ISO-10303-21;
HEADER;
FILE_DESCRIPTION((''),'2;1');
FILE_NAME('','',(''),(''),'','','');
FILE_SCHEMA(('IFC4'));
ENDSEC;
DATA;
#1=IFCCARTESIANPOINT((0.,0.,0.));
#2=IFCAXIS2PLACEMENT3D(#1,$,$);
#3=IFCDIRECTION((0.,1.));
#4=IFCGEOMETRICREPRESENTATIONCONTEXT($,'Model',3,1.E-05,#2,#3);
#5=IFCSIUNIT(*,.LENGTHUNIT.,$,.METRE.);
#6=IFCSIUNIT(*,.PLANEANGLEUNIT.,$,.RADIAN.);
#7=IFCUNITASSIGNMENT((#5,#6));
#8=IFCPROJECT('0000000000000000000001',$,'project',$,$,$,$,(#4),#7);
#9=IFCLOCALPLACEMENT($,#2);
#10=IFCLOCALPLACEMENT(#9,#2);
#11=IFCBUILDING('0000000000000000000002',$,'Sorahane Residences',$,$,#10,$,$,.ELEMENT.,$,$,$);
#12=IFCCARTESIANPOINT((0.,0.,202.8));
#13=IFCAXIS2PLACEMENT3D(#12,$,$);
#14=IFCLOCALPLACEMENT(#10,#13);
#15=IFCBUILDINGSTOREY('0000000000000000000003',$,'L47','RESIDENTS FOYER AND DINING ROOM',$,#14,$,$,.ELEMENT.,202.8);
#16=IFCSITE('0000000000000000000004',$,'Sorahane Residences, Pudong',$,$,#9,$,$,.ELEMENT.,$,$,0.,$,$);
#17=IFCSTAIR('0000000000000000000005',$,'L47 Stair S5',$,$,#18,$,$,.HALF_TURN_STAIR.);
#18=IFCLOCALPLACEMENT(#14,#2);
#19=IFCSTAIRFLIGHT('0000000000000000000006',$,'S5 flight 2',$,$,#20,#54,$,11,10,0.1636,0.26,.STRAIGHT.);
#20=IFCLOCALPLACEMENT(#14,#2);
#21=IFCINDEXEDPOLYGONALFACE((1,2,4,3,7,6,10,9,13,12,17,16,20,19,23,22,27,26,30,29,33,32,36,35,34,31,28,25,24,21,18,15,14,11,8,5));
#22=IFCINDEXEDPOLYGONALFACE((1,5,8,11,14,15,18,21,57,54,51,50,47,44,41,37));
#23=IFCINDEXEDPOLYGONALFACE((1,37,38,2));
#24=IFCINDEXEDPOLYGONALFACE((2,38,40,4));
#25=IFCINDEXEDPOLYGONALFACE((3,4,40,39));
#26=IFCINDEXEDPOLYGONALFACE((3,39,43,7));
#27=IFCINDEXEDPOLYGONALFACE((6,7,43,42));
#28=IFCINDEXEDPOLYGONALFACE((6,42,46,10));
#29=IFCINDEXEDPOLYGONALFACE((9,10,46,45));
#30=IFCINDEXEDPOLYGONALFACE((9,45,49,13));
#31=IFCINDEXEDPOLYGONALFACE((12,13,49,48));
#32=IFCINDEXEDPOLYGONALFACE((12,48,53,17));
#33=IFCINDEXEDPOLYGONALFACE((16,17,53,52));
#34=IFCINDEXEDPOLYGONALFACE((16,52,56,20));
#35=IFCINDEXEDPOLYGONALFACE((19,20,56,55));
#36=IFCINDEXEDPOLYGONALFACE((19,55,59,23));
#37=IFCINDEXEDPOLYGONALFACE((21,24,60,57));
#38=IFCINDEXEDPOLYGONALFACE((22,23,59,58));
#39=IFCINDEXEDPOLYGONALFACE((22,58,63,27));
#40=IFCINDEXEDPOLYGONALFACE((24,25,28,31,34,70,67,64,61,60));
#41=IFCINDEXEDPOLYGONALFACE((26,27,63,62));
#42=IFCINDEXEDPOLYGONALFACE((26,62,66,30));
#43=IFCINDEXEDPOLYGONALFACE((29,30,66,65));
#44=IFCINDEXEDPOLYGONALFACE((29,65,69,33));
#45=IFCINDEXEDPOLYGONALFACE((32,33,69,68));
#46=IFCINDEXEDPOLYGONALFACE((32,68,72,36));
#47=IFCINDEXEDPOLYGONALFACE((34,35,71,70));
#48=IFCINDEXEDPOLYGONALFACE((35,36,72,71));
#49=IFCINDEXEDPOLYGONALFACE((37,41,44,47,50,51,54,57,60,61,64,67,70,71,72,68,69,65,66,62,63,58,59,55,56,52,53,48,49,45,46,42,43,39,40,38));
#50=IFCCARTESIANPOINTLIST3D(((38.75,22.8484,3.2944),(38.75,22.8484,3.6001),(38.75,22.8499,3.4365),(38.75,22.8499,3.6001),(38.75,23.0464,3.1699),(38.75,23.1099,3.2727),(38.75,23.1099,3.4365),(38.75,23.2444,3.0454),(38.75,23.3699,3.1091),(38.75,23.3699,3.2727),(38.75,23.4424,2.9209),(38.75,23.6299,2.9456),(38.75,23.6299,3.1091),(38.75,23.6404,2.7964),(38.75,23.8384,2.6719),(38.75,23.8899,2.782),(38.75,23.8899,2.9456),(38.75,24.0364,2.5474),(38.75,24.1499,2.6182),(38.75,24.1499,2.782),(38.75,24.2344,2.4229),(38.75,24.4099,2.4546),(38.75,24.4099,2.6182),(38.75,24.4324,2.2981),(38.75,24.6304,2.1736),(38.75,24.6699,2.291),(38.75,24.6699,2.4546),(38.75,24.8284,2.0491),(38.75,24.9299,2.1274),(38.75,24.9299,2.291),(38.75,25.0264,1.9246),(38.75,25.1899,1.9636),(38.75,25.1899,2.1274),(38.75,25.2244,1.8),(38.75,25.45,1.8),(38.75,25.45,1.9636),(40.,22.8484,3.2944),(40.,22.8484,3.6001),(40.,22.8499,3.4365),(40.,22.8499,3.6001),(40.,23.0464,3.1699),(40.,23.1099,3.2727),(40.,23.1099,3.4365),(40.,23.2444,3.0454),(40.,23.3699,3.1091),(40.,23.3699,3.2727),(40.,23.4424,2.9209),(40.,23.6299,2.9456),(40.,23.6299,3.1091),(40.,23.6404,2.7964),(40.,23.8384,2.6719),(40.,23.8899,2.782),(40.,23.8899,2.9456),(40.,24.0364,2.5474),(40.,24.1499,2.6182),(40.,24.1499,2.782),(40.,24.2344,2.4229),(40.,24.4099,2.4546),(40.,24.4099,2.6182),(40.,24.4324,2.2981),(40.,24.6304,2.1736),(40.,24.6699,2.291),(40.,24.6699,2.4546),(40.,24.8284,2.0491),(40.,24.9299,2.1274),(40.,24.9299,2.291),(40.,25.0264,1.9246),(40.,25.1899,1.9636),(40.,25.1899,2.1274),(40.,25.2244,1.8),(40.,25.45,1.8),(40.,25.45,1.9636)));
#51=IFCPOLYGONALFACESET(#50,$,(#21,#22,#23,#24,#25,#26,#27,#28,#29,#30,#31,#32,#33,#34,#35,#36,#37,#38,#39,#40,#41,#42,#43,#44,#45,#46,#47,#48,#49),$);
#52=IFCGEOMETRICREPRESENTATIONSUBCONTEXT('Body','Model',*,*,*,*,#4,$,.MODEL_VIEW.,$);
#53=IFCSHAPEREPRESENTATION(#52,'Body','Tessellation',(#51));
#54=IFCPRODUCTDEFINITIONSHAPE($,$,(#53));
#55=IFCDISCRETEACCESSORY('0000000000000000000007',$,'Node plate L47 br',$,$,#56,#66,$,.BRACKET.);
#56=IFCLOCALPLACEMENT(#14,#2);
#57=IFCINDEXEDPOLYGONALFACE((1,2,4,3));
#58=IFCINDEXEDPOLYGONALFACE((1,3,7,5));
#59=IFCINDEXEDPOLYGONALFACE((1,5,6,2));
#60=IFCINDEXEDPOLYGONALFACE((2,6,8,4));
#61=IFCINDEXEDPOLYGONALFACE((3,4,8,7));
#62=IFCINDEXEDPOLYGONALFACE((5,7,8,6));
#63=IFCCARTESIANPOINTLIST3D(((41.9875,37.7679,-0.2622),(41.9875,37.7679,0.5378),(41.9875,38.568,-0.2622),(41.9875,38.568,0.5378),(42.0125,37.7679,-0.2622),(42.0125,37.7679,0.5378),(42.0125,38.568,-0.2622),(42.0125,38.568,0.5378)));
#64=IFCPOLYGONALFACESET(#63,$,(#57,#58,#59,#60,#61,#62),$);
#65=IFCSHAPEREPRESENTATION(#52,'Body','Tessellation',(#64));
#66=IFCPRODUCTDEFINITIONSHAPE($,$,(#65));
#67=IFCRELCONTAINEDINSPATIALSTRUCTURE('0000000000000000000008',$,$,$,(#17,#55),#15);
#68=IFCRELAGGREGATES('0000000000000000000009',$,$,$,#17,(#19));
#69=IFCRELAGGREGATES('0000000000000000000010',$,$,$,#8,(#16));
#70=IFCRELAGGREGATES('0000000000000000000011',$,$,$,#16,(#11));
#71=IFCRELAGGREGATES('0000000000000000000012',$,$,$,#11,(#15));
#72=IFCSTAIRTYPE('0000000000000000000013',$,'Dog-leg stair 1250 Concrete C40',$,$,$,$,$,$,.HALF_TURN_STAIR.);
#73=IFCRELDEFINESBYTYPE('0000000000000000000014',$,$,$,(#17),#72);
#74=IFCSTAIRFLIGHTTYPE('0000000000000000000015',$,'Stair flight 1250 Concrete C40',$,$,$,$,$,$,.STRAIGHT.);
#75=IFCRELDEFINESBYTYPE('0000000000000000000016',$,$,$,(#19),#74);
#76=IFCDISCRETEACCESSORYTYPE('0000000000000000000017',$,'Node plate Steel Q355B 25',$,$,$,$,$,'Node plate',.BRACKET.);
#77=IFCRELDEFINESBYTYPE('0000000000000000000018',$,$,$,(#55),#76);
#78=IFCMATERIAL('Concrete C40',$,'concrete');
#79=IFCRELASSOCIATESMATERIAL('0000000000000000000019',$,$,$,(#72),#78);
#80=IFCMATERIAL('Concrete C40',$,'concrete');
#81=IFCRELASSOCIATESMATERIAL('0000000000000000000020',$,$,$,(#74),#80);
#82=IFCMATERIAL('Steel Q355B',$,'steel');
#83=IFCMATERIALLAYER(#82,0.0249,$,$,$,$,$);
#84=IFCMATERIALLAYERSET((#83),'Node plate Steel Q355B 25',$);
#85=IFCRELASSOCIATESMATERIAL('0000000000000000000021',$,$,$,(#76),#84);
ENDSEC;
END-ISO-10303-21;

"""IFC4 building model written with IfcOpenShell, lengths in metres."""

from ifc_helpers import new_model, si_unit, direction, frame, origin, origin_2d, place, context, subcontext, project, spatial, polyline, rectangle, outline, extrude, material, layer, layer_set, type_object, element, aggregate, save


model = new_model("IFC4")

# Units and contexts
model_context = context("Model", 3, precision=1e-05, world=origin(), true_north=direction((0.0, 1.0)))
body_context = subcontext(model_context, "Body", "Model", "MODEL_VIEW")
ifc_project = project(units=[si_unit("LENGTHUNIT", "METRE"), si_unit("PLANEANGLEUNIT", "RADIAN")], contexts=[model_context])

# Site, building, storey
site_placement = place(None, origin())
site = spatial("IfcSite", under=ifc_project, at=site_placement, Name="Sorahane Residences, Pudong", CompositionType="ELEMENT", RefElevation=0.0)
building_placement = place(site_placement, origin())
building = spatial("IfcBuilding", under=site, at=building_placement, Name="Sorahane Residences", CompositionType="ELEMENT")
storey_placement = place(building_placement, frame((0.0, 0.0, 202.8)))
storey = spatial("IfcBuildingStorey", under=building, at=storey_placement, Name="L47", Description="RESIDENTS FOYER AND DINING ROOM", CompositionType="ELEMENT", Elevation=202.8)

# Stair, stair flight
ifc_material_1 = material(Name="Concrete C40", Category="concrete")
stair_type = type_object("IfcStairType", Name="Dog-leg stair 1250 Concrete C40", PredefinedType="HALF_TURN_STAIR", material=ifc_material_1)
stair_placement = place(storey_placement, origin())
stair = element("IfcStair", 1, at=stair_placement, inside=storey, type_object=stair_type, Name="L47 Stair S5", PredefinedType="HALF_TURN_STAIR")
ifc_material_2 = material(Name="Concrete C40", Category="concrete")
stair_flight_type = type_object("IfcStairFlightType", Name="Stair flight 1250 Concrete C40", PredefinedType="STRAIGHT", material=ifc_material_2)
stair_flight_placement = place(storey_placement, frame((39.375, 25.45, 1.8), z_axis=(0.0, 0.0, 1.0), x_axis=(0.0, -1.0, 0.0)))
stair_flight = element("IfcStairFlight", 2, at=stair_flight_placement, type_object=stair_flight_type, Name="S5 flight 2", NumberOfRisers=11, NumberOfTreads=10, PredefinedType="STRAIGHT", RiserHeight=0.1636, TreadLength=0.26, context=body_context, shape_type="SweptSolid", body=[
    extrude(outline(polyline([(0.0, 0.0), (0.0, 0.1636), (0.26, 0.1636), (0.26, 0.3274), (0.52, 0.3274), (0.52, 0.491), (0.78, 0.491), (0.78, 0.6545), (1.04, 0.6545), (1.04, 0.8181), (1.3, 0.8181), (1.3, 0.9819), (1.5601, 0.9819), (1.5601, 1.1455), (1.8201, 1.1455), (1.8201, 1.3091), (2.0801, 1.3091), (2.0801, 1.4727), (2.3401, 1.4727), (2.3401, 1.6365), (2.6001, 1.6365), (2.6001, 1.8), (2.6016, 1.8), (2.6016, 1.4944), (2.4036, 1.3699), (2.2056, 1.2454), (2.0076, 1.1208), (1.8096, 0.9963), (1.6116, 0.8718), (1.4136, 0.7473), (1.2156, 0.6228), (1.0176, 0.498), (0.8196, 0.3735), (0.6216, 0.249), (0.4236, 0.1245), (0.2256, 0.0), (0.0, 0.0)])), frame((0.0, 0.625, 0.0), z_axis=(0.0, -1.0, 0.0), x_axis=(1.0, 0.0, 0.0)), (0.0, 0.0, 1.0), 1.25),
])
aggregate(stair, [stair_flight])

# Discrete accessory
ifc_material_3 = material(Name="Steel Q355B", Category="steel")
ifc_layer_1 = layer(ifc_material_3, 0.0249)
ifc_layer_set_1 = layer_set([ifc_layer_1], Name="Node plate Steel Q355B 25")
discrete_accessory_type = type_object("IfcDiscreteAccessoryType", Name="Node plate Steel Q355B 25", ElementType="Node plate", PredefinedType="BRACKET", material=ifc_layer_set_1)
discrete_accessory_placement = place(storey_placement, frame((42.0, 38.168, -0.2622), z_axis=(0.0, 0.0, 1.0), x_axis=(0.0, 1.0, 0.0)))
element("IfcDiscreteAccessory", 3, at=discrete_accessory_placement, inside=storey, type_object=discrete_accessory_type, Name="Node plate L47 br", PredefinedType="BRACKET", context=body_context, shape_type="SweptSolid", body=[
    extrude(rectangle(XDim=0.8, YDim=0.0249, at=origin_2d()), origin(), (0.0, 0.0, 1.0), 0.8),
])

save(model, "model.ifc")
